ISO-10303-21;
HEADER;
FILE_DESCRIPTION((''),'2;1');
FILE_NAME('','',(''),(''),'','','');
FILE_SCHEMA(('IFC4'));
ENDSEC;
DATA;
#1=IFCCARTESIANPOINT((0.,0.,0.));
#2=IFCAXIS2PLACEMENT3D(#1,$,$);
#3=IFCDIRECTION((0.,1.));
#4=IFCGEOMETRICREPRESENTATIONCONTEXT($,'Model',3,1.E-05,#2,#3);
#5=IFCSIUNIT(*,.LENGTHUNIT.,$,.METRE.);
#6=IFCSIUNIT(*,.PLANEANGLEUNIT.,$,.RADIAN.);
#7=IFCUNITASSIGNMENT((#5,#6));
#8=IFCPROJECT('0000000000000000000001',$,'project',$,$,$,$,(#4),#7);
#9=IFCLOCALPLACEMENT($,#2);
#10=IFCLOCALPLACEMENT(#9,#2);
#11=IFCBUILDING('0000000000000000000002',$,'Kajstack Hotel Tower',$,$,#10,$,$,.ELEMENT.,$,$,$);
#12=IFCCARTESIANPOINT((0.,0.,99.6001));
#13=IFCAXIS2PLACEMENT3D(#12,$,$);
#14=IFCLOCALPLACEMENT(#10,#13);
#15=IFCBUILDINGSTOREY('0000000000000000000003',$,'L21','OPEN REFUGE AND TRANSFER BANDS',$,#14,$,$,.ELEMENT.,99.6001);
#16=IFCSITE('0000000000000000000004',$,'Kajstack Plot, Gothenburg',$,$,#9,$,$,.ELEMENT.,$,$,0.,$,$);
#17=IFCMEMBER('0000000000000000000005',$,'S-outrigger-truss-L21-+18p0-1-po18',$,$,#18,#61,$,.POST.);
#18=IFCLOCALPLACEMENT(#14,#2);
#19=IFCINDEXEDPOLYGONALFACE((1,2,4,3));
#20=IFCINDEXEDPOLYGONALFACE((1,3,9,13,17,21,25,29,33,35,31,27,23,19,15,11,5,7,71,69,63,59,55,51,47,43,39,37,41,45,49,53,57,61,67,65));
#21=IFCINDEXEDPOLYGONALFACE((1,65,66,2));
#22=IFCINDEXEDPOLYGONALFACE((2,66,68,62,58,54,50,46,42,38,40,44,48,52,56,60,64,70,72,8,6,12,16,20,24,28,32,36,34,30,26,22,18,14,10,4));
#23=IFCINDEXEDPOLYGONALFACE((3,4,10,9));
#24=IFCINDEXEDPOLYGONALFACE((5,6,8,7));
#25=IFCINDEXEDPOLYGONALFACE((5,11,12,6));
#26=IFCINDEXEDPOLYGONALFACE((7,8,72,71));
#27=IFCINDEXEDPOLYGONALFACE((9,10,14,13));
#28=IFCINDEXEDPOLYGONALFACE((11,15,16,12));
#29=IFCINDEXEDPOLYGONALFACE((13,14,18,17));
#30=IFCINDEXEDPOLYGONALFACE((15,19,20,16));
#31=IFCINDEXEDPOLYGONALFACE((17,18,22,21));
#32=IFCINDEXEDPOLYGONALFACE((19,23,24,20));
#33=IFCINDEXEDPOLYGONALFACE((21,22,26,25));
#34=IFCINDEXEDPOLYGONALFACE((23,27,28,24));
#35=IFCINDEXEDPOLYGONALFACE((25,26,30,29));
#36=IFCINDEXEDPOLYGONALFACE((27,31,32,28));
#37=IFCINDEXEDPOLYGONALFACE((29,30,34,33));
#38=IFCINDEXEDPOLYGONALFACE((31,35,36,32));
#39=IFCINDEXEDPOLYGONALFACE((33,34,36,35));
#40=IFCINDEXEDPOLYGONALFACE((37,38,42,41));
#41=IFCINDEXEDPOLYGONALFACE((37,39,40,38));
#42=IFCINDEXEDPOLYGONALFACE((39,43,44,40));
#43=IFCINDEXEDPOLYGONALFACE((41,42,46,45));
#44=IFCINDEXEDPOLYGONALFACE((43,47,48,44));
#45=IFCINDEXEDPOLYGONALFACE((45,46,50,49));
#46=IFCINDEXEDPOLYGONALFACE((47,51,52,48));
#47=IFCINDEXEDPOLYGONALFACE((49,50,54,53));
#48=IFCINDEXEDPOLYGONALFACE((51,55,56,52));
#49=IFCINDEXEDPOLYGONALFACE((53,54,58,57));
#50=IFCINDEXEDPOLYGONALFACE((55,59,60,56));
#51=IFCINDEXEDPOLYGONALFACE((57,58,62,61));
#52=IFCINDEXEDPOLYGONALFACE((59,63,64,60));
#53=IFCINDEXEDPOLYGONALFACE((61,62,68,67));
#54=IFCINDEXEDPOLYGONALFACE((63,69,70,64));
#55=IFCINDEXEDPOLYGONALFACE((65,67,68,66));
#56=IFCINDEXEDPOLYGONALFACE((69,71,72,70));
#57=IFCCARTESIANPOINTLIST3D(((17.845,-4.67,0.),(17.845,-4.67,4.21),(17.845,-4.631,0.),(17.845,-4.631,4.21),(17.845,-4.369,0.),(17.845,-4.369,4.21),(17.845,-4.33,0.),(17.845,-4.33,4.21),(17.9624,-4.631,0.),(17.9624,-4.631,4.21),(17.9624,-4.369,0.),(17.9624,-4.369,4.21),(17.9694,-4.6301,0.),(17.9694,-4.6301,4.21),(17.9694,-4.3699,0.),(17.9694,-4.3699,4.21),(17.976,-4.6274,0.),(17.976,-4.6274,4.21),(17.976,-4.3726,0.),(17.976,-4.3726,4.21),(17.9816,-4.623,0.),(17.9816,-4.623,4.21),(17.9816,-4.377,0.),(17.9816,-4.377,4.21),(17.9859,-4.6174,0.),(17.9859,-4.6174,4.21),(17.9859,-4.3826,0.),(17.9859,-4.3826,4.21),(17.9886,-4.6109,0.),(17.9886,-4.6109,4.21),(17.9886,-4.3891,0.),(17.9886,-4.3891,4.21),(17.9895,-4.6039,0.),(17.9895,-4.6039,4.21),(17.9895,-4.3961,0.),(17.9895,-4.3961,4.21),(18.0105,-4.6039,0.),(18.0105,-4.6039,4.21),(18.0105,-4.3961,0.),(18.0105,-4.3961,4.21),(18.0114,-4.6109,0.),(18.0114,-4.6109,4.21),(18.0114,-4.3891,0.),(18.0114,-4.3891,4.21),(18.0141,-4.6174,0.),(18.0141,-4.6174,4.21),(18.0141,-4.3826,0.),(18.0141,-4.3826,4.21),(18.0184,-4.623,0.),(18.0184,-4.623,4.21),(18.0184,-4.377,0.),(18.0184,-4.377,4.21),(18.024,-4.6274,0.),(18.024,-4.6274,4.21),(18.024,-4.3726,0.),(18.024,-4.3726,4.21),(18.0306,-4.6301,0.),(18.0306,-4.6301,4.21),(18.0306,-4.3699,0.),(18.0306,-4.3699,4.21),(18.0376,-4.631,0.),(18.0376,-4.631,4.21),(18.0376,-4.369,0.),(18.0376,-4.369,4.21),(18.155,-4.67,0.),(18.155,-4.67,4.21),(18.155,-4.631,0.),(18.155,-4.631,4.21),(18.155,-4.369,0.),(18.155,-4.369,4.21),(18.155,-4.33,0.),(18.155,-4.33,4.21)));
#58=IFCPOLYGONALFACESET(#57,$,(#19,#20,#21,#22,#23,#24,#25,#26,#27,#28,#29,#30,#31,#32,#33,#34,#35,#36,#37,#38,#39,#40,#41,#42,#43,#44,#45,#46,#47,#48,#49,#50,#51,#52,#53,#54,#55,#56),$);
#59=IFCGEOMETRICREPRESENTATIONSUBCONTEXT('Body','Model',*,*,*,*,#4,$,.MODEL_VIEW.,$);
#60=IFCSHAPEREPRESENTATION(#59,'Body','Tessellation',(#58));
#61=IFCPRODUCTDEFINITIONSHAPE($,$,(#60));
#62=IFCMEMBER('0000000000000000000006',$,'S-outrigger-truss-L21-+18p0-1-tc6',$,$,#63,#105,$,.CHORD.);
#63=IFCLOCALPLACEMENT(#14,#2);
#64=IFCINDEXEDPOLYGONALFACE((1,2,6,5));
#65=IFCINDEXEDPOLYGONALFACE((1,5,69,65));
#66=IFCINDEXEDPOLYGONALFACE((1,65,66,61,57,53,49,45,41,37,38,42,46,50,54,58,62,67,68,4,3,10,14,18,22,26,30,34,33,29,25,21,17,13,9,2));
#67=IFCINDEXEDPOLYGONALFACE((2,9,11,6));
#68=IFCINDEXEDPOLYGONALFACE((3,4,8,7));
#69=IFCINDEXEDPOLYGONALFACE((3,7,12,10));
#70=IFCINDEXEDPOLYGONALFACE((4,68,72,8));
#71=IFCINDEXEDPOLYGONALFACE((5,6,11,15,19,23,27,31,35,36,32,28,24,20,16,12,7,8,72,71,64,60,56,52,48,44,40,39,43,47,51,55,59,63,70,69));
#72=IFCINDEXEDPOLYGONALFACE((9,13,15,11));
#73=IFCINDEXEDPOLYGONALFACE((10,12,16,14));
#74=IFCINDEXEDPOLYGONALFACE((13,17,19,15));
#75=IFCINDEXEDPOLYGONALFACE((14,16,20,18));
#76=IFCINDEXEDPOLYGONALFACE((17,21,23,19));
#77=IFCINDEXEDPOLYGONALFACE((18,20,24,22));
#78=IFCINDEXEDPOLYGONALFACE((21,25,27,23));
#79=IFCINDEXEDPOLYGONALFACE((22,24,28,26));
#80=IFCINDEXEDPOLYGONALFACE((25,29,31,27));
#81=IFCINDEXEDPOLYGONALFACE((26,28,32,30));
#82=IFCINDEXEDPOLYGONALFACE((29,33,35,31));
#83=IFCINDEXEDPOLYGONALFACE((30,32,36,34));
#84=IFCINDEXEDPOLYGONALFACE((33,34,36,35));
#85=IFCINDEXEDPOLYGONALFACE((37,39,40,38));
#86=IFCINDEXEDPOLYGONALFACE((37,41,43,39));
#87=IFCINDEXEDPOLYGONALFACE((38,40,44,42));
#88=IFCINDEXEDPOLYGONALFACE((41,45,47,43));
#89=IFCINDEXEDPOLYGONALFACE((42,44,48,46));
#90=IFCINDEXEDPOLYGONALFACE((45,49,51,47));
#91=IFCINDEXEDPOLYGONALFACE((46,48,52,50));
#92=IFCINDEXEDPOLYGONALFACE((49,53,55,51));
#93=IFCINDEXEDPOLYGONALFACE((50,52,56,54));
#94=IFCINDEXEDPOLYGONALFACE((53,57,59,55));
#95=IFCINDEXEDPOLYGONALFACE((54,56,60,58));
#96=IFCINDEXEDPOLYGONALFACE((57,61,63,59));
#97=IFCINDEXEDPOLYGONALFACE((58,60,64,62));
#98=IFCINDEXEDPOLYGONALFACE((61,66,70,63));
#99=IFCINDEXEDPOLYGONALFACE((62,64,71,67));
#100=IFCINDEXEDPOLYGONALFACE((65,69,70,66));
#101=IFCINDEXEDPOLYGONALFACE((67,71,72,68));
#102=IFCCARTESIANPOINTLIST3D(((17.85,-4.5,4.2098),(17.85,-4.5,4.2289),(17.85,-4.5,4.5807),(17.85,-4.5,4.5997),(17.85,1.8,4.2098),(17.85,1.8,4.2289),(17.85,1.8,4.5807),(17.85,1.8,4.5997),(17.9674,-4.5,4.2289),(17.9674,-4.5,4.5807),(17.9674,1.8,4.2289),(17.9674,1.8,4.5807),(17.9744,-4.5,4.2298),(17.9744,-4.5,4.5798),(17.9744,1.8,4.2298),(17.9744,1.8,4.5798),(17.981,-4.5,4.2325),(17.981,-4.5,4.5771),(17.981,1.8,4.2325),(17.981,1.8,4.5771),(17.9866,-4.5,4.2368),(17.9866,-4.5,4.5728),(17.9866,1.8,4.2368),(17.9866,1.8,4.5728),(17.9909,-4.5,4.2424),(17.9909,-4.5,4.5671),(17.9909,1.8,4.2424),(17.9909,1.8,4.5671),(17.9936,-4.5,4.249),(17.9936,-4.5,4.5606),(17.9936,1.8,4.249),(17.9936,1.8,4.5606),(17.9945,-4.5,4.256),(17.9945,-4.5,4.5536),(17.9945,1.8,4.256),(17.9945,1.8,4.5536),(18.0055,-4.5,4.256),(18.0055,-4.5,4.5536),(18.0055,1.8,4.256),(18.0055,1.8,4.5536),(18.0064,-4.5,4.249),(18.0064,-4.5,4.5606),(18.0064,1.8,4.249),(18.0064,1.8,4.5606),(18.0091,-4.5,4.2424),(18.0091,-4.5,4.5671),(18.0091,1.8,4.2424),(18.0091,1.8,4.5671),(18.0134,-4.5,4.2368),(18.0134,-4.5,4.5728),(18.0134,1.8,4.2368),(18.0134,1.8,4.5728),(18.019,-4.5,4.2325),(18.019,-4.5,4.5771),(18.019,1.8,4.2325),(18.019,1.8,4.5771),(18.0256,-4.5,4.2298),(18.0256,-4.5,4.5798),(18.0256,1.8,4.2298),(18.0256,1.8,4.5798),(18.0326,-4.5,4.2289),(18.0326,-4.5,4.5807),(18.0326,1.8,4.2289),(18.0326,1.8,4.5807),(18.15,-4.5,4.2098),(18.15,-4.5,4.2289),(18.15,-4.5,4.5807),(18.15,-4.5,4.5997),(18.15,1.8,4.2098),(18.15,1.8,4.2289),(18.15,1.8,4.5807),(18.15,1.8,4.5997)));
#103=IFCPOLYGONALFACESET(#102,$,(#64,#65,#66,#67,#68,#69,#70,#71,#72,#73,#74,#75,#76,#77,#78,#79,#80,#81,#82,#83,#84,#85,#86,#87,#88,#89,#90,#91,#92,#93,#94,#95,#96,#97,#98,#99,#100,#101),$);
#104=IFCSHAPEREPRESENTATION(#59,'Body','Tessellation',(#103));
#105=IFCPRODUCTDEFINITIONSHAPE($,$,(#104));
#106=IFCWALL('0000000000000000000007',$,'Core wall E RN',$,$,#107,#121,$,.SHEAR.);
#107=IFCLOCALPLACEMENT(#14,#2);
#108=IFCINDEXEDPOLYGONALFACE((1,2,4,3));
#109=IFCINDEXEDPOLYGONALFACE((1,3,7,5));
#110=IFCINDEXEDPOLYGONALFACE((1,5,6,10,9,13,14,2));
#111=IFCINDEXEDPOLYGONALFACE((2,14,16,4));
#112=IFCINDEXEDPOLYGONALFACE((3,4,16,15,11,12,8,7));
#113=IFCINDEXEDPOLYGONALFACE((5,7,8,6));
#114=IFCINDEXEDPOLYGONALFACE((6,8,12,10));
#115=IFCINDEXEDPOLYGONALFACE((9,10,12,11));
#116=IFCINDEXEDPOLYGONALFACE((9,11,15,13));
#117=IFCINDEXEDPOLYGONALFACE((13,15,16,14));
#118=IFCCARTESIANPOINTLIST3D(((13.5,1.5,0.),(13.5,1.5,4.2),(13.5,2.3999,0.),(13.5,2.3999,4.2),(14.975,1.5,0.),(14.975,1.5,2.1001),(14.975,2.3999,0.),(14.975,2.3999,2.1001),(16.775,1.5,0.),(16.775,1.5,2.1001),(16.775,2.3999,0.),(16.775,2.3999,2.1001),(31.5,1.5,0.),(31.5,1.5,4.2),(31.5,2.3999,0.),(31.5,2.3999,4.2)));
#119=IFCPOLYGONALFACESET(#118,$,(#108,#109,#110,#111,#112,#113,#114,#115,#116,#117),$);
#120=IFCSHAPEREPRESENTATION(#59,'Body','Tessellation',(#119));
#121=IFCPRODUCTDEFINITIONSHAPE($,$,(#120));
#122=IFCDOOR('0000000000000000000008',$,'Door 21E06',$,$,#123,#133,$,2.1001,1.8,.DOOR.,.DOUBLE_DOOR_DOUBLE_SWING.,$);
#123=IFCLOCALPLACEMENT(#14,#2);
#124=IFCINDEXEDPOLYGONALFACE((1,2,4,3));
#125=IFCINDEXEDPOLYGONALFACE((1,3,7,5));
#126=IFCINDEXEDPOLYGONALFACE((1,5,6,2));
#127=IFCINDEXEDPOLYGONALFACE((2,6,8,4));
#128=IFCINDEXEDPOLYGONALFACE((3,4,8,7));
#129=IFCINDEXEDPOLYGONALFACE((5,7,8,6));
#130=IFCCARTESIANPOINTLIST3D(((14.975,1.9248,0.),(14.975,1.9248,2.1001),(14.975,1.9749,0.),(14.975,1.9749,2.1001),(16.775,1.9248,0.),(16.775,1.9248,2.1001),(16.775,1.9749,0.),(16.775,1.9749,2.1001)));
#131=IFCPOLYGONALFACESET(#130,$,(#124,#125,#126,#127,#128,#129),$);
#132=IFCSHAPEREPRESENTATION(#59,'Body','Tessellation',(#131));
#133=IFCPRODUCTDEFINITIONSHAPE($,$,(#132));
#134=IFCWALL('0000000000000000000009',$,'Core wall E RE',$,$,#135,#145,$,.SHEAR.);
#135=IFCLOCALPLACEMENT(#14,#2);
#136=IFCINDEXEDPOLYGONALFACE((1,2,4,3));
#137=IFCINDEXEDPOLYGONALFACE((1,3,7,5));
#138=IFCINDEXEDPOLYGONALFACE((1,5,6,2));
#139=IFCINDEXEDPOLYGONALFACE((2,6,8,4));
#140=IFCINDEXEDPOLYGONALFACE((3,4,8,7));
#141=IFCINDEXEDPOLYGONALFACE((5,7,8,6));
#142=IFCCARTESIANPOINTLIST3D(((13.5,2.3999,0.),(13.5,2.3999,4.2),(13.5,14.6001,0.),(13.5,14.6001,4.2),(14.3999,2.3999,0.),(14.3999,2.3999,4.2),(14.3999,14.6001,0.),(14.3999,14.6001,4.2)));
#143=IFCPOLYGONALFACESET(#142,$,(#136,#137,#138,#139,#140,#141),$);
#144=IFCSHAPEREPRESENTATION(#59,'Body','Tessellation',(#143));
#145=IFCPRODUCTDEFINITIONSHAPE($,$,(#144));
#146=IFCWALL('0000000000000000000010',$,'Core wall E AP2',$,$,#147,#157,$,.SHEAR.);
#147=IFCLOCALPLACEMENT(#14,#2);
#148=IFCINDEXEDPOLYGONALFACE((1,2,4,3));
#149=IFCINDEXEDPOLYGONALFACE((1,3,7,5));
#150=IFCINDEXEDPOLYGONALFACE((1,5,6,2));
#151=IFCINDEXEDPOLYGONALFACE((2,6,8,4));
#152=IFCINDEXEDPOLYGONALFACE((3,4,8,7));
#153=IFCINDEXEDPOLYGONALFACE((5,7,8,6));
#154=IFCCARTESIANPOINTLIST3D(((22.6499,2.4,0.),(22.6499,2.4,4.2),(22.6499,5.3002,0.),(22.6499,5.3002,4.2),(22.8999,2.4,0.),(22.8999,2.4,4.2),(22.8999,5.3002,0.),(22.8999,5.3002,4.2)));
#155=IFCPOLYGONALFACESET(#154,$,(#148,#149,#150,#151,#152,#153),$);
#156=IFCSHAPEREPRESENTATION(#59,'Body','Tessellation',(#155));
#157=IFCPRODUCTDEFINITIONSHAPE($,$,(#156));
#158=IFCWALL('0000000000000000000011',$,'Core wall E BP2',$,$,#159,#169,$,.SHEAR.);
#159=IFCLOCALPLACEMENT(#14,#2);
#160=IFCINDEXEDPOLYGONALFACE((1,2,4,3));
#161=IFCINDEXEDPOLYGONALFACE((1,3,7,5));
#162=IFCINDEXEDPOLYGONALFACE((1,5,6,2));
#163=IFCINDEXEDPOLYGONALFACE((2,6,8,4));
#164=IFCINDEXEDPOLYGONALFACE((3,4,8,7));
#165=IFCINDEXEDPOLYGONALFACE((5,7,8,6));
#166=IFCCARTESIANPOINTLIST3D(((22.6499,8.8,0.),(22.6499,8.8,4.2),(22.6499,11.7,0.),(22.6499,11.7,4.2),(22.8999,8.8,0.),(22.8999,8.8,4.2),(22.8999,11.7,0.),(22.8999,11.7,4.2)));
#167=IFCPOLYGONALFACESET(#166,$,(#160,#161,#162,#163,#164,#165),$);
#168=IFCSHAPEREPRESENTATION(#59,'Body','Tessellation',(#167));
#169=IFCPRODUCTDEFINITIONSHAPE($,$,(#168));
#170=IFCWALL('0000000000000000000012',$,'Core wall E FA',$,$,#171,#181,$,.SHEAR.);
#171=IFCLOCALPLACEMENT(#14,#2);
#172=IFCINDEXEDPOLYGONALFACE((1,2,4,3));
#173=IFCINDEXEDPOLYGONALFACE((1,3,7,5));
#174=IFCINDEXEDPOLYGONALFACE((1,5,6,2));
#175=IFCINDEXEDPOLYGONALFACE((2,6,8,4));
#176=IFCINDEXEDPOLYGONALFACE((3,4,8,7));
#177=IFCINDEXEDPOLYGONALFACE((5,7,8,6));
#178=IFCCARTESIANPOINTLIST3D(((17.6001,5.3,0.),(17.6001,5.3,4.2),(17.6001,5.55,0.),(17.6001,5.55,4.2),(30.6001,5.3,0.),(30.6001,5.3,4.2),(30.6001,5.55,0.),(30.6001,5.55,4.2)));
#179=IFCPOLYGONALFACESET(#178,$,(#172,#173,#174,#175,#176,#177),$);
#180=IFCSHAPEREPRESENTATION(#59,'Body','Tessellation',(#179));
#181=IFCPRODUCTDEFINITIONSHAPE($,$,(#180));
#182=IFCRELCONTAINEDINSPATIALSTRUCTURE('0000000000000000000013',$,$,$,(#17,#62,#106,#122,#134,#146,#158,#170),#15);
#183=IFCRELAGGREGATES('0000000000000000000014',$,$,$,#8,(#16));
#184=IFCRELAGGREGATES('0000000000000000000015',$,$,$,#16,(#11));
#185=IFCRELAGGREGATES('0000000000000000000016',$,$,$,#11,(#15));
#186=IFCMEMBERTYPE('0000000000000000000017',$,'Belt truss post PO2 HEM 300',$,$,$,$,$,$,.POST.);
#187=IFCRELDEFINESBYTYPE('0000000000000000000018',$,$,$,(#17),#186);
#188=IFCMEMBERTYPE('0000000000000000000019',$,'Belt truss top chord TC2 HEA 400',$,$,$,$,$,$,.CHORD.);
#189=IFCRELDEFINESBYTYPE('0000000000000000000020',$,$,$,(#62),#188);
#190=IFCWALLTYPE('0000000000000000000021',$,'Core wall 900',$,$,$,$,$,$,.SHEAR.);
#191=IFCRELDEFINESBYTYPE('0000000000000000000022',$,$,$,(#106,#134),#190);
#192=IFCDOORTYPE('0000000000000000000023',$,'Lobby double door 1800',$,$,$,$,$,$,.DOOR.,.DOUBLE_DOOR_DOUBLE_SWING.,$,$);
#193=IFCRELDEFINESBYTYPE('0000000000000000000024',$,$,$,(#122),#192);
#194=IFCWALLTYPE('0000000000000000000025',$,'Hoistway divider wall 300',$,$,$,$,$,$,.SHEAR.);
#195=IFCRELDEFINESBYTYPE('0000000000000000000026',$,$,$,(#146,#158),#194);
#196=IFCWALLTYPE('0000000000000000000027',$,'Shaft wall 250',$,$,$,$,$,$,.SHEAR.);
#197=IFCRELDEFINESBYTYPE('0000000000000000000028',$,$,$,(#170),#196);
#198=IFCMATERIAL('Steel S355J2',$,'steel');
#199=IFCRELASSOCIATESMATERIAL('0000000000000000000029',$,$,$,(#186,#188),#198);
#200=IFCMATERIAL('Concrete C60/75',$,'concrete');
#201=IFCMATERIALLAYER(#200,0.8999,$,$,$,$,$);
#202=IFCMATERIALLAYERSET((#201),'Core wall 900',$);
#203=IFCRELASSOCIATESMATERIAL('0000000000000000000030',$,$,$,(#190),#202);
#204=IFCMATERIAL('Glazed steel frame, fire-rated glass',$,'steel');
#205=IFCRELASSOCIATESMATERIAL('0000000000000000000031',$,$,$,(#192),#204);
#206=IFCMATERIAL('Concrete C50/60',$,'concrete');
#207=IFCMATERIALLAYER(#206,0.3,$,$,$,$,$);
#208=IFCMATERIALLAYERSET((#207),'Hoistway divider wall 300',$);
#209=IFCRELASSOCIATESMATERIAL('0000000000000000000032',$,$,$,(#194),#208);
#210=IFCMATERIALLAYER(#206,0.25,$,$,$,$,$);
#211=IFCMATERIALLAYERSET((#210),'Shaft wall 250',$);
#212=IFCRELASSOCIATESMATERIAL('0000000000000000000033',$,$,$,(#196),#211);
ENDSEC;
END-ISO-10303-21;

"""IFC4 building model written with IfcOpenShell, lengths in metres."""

from ifc_helpers import new_model, si_unit, direction, frame, frame_2d, origin, origin_2d, place, context, subcontext, project, spatial, rectangle, i_section, extrude, material, layer, layer_set, material_profile, profile_set, type_object, element, fill, save


model = new_model("IFC4")

# Units and contexts
model_context = context("Model", 3, precision=1e-05, world=origin(), true_north=direction((0.0, 1.0)))
body_context = subcontext(model_context, "Body", "Model", "MODEL_VIEW")
ifc_project = project(units=[si_unit("LENGTHUNIT", "METRE"), si_unit("PLANEANGLEUNIT", "RADIAN")], contexts=[model_context])

# Site, building, storey
site_placement = place(None, origin())
site = spatial("IfcSite", under=ifc_project, at=site_placement, Name="Kajstack Plot, Gothenburg", CompositionType="ELEMENT", RefElevation=0.0)
building_placement = place(site_placement, origin())
building = spatial("IfcBuilding", under=site, at=building_placement, Name="Kajstack Hotel Tower", CompositionType="ELEMENT")
storey_placement = place(building_placement, frame((0.0, 0.0, 99.6001)))
storey = spatial("IfcBuildingStorey", under=building, at=storey_placement, Name="L21", Description="OPEN REFUGE AND TRANSFER BANDS", CompositionType="ELEMENT", Elevation=99.6001)

# Members
ifc_material_1 = material(Name="Steel S355J2", Category="steel")
ifc_material_profile_1 = material_profile(ifc_material_1, i_section(OverallWidth=0.3101, OverallDepth=0.3401, WebThickness=0.021, FlangeThickness=0.0391, FilletRadius=0.0271, at=origin_2d()), Name="HEM 300")
ifc_profile_set_1 = profile_set([ifc_material_profile_1], Name="Steel S355J2")
member_type_1 = type_object("IfcMemberType", Name="Belt truss post PO2 HEM 300", PredefinedType="POST", material=ifc_profile_set_1)
member_1_placement = place(storey_placement, frame((18.0, -4.5, 0.0), z_axis=(0.0, 0.0, 1.0), x_axis=(1.0, 0.0, 0.0)))
element("IfcMember", 1, at=member_1_placement, inside=storey, type_object=member_type_1, Name="S-outrigger-truss-L21-+18p0-1-po18", PredefinedType="POST", context=body_context, shape_type="SweptSolid", body=[
    extrude(i_section(OverallWidth=0.3101, OverallDepth=0.3401, WebThickness=0.021, FlangeThickness=0.0391, FilletRadius=0.0271, at=origin_2d()), origin(), (0.0, 0.0, 1.0), 4.21),
])
ifc_material_profile_2 = material_profile(ifc_material_1, i_section(OverallWidth=0.3, OverallDepth=0.3899, WebThickness=0.011, FlangeThickness=0.019, FilletRadius=0.0271, at=origin_2d()), Name="HEA 400")
ifc_profile_set_2 = profile_set([ifc_material_profile_2], Name="Steel S355J2")
member_type_2 = type_object("IfcMemberType", Name="Belt truss top chord TC2 HEA 400", PredefinedType="CHORD", material=ifc_profile_set_2)
member_2_placement = place(storey_placement, frame((18.0, -4.5, 4.4048), z_axis=(0.0, 1.0, 0.0), x_axis=(-1.0, 0.0, 0.0)))
element("IfcMember", 2, at=member_2_placement, inside=storey, type_object=member_type_2, Name="S-outrigger-truss-L21-+18p0-1-tc6", PredefinedType="CHORD", context=body_context, shape_type="SweptSolid", body=[
    extrude(i_section(OverallWidth=0.3, OverallDepth=0.3899, WebThickness=0.011, FlangeThickness=0.019, FilletRadius=0.0271, at=origin_2d()), origin(), (0.0, 0.0, 1.0), 6.3),
])

# Wall, opening, door
ifc_material_2 = material(Name="Concrete C60/75", Category="concrete")
ifc_layer_1 = layer(ifc_material_2, 0.8999)
ifc_layer_set_1 = layer_set([ifc_layer_1], Name="Core wall 900")
wall_type_1 = type_object("IfcWallType", Name="Core wall 900", PredefinedType="SHEAR", material=ifc_layer_set_1)
wall_1_placement = place(storey_placement, frame((13.5, 1.95, 0.0), z_axis=(0.0, 0.0, 1.0), x_axis=(1.0, 0.0, 0.0)))
wall_1 = element("IfcWall", 3, at=wall_1_placement, inside=storey, type_object=wall_type_1, Name="Core wall E RN", PredefinedType="SHEAR", context=body_context, shape_type="SweptSolid", body=[
    extrude(rectangle(XDim=18.0, YDim=0.8999, at=frame_2d((9.0, 0.0))), origin(), (0.0, 0.0, 1.0), 4.2),
])
opening_1_placement = place(wall_1_placement, frame((1.4751, 0.0, 0.0)))
opening_1 = element("IfcOpeningElement", 4, at=opening_1_placement, cuts=wall_1, PredefinedType="OPENING", context=body_context, shape_type="SweptSolid", body=[
    extrude(rectangle(XDim=1.8, YDim=2.1001, at=frame_2d((0.8999, 1.05))), frame((0.0, 0.46, 0.0), z_axis=(0.0, -1.0, 0.0), x_axis=(1.0, 0.0, 0.0)), (0.0, 0.0, 1.0), 0.9199),
])
ifc_material_3 = material(Name="Glazed steel frame, fire-rated glass", Category="steel")
door_type_1 = type_object("IfcDoorType", Name="Lobby double door 1800", OperationType="DOUBLE_DOOR_DOUBLE_SWING", PredefinedType="DOOR", material=ifc_material_3)
door_1_placement = place(opening_1_placement, origin())
door_1 = element("IfcDoor", 5, at=door_1_placement, inside=storey, type_object=door_type_1, Name="Door 21E06", OperationType="DOUBLE_DOOR_DOUBLE_SWING", OverallHeight=2.1001, OverallWidth=1.8, PredefinedType="DOOR", context=body_context, shape_type="SweptSolid", body=[
    extrude(rectangle(XDim=1.8, YDim=2.1001, at=frame_2d((0.8999, 1.05))), frame((0.0, 0.0249, 0.0), z_axis=(0.0, -1.0, 0.0), x_axis=(1.0, 0.0, 0.0)), (0.0, 0.0, 1.0), 0.05),
])
fill(opening_1, door_1)

# Walls
wall_2_placement = place(storey_placement, frame((13.95, 2.3999, 0.0), z_axis=(0.0, 0.0, 1.0), x_axis=(0.0, 1.0, 0.0)))
element("IfcWall", 6, at=wall_2_placement, inside=storey, type_object=wall_type_1, Name="Core wall E RE", PredefinedType="SHEAR", context=body_context, shape_type="SweptSolid", body=[
    extrude(rectangle(XDim=12.2002, YDim=0.8999, at=frame_2d((6.1001, 0.0))), origin(), (0.0, 0.0, 1.0), 4.2),
])
ifc_material_4 = material(Name="Concrete C50/60", Category="concrete")
ifc_layer_2 = layer(ifc_material_4, 0.3)
ifc_layer_set_2 = layer_set([ifc_layer_2], Name="Hoistway divider wall 300")
wall_type_2 = type_object("IfcWallType", Name="Hoistway divider wall 300", PredefinedType="SHEAR", material=ifc_layer_set_2)
wall_3_placement = place(storey_placement, frame((22.7749, 2.3999, 0.0), z_axis=(0.0, 0.0, 1.0), x_axis=(0.0, 1.0, 0.0)))
element("IfcWall", 7, at=wall_3_placement, inside=storey, type_object=wall_type_2, Name="Core wall E AP2", PredefinedType="SHEAR", context=body_context, shape_type="SweptSolid", body=[
    extrude(rectangle(XDim=2.9001, YDim=0.25, at=frame_2d((1.4502, 0.0))), origin(), (0.0, 0.0, 1.0), 4.2),
])
wall_4_placement = place(storey_placement, frame((22.7749, 8.8, 0.0), z_axis=(0.0, 0.0, 1.0), x_axis=(0.0, 1.0, 0.0)))
element("IfcWall", 8, at=wall_4_placement, inside=storey, type_object=wall_type_2, Name="Core wall E BP2", PredefinedType="SHEAR", context=body_context, shape_type="SweptSolid", body=[
    extrude(rectangle(XDim=2.8999, YDim=0.25, at=frame_2d((1.45, 0.0))), origin(), (0.0, 0.0, 1.0), 4.2),
])
ifc_layer_3 = layer(ifc_material_4, 0.25)
ifc_layer_set_3 = layer_set([ifc_layer_3], Name="Shaft wall 250")
wall_type_3 = type_object("IfcWallType", Name="Shaft wall 250", PredefinedType="SHEAR", material=ifc_layer_set_3)
wall_5_placement = place(storey_placement, frame((17.6001, 5.425, 0.0), z_axis=(0.0, 0.0, 1.0), x_axis=(1.0, 0.0, 0.0)))
element("IfcWall", 9, at=wall_5_placement, inside=storey, type_object=wall_type_3, Name="Core wall E FA", PredefinedType="SHEAR", context=body_context, shape_type="SweptSolid", body=[
    extrude(rectangle(XDim=13.0, YDim=0.25, at=frame_2d((6.5, 0.0))), origin(), (0.0, 0.0, 1.0), 4.2),
])

save(model, "model.ifc")
